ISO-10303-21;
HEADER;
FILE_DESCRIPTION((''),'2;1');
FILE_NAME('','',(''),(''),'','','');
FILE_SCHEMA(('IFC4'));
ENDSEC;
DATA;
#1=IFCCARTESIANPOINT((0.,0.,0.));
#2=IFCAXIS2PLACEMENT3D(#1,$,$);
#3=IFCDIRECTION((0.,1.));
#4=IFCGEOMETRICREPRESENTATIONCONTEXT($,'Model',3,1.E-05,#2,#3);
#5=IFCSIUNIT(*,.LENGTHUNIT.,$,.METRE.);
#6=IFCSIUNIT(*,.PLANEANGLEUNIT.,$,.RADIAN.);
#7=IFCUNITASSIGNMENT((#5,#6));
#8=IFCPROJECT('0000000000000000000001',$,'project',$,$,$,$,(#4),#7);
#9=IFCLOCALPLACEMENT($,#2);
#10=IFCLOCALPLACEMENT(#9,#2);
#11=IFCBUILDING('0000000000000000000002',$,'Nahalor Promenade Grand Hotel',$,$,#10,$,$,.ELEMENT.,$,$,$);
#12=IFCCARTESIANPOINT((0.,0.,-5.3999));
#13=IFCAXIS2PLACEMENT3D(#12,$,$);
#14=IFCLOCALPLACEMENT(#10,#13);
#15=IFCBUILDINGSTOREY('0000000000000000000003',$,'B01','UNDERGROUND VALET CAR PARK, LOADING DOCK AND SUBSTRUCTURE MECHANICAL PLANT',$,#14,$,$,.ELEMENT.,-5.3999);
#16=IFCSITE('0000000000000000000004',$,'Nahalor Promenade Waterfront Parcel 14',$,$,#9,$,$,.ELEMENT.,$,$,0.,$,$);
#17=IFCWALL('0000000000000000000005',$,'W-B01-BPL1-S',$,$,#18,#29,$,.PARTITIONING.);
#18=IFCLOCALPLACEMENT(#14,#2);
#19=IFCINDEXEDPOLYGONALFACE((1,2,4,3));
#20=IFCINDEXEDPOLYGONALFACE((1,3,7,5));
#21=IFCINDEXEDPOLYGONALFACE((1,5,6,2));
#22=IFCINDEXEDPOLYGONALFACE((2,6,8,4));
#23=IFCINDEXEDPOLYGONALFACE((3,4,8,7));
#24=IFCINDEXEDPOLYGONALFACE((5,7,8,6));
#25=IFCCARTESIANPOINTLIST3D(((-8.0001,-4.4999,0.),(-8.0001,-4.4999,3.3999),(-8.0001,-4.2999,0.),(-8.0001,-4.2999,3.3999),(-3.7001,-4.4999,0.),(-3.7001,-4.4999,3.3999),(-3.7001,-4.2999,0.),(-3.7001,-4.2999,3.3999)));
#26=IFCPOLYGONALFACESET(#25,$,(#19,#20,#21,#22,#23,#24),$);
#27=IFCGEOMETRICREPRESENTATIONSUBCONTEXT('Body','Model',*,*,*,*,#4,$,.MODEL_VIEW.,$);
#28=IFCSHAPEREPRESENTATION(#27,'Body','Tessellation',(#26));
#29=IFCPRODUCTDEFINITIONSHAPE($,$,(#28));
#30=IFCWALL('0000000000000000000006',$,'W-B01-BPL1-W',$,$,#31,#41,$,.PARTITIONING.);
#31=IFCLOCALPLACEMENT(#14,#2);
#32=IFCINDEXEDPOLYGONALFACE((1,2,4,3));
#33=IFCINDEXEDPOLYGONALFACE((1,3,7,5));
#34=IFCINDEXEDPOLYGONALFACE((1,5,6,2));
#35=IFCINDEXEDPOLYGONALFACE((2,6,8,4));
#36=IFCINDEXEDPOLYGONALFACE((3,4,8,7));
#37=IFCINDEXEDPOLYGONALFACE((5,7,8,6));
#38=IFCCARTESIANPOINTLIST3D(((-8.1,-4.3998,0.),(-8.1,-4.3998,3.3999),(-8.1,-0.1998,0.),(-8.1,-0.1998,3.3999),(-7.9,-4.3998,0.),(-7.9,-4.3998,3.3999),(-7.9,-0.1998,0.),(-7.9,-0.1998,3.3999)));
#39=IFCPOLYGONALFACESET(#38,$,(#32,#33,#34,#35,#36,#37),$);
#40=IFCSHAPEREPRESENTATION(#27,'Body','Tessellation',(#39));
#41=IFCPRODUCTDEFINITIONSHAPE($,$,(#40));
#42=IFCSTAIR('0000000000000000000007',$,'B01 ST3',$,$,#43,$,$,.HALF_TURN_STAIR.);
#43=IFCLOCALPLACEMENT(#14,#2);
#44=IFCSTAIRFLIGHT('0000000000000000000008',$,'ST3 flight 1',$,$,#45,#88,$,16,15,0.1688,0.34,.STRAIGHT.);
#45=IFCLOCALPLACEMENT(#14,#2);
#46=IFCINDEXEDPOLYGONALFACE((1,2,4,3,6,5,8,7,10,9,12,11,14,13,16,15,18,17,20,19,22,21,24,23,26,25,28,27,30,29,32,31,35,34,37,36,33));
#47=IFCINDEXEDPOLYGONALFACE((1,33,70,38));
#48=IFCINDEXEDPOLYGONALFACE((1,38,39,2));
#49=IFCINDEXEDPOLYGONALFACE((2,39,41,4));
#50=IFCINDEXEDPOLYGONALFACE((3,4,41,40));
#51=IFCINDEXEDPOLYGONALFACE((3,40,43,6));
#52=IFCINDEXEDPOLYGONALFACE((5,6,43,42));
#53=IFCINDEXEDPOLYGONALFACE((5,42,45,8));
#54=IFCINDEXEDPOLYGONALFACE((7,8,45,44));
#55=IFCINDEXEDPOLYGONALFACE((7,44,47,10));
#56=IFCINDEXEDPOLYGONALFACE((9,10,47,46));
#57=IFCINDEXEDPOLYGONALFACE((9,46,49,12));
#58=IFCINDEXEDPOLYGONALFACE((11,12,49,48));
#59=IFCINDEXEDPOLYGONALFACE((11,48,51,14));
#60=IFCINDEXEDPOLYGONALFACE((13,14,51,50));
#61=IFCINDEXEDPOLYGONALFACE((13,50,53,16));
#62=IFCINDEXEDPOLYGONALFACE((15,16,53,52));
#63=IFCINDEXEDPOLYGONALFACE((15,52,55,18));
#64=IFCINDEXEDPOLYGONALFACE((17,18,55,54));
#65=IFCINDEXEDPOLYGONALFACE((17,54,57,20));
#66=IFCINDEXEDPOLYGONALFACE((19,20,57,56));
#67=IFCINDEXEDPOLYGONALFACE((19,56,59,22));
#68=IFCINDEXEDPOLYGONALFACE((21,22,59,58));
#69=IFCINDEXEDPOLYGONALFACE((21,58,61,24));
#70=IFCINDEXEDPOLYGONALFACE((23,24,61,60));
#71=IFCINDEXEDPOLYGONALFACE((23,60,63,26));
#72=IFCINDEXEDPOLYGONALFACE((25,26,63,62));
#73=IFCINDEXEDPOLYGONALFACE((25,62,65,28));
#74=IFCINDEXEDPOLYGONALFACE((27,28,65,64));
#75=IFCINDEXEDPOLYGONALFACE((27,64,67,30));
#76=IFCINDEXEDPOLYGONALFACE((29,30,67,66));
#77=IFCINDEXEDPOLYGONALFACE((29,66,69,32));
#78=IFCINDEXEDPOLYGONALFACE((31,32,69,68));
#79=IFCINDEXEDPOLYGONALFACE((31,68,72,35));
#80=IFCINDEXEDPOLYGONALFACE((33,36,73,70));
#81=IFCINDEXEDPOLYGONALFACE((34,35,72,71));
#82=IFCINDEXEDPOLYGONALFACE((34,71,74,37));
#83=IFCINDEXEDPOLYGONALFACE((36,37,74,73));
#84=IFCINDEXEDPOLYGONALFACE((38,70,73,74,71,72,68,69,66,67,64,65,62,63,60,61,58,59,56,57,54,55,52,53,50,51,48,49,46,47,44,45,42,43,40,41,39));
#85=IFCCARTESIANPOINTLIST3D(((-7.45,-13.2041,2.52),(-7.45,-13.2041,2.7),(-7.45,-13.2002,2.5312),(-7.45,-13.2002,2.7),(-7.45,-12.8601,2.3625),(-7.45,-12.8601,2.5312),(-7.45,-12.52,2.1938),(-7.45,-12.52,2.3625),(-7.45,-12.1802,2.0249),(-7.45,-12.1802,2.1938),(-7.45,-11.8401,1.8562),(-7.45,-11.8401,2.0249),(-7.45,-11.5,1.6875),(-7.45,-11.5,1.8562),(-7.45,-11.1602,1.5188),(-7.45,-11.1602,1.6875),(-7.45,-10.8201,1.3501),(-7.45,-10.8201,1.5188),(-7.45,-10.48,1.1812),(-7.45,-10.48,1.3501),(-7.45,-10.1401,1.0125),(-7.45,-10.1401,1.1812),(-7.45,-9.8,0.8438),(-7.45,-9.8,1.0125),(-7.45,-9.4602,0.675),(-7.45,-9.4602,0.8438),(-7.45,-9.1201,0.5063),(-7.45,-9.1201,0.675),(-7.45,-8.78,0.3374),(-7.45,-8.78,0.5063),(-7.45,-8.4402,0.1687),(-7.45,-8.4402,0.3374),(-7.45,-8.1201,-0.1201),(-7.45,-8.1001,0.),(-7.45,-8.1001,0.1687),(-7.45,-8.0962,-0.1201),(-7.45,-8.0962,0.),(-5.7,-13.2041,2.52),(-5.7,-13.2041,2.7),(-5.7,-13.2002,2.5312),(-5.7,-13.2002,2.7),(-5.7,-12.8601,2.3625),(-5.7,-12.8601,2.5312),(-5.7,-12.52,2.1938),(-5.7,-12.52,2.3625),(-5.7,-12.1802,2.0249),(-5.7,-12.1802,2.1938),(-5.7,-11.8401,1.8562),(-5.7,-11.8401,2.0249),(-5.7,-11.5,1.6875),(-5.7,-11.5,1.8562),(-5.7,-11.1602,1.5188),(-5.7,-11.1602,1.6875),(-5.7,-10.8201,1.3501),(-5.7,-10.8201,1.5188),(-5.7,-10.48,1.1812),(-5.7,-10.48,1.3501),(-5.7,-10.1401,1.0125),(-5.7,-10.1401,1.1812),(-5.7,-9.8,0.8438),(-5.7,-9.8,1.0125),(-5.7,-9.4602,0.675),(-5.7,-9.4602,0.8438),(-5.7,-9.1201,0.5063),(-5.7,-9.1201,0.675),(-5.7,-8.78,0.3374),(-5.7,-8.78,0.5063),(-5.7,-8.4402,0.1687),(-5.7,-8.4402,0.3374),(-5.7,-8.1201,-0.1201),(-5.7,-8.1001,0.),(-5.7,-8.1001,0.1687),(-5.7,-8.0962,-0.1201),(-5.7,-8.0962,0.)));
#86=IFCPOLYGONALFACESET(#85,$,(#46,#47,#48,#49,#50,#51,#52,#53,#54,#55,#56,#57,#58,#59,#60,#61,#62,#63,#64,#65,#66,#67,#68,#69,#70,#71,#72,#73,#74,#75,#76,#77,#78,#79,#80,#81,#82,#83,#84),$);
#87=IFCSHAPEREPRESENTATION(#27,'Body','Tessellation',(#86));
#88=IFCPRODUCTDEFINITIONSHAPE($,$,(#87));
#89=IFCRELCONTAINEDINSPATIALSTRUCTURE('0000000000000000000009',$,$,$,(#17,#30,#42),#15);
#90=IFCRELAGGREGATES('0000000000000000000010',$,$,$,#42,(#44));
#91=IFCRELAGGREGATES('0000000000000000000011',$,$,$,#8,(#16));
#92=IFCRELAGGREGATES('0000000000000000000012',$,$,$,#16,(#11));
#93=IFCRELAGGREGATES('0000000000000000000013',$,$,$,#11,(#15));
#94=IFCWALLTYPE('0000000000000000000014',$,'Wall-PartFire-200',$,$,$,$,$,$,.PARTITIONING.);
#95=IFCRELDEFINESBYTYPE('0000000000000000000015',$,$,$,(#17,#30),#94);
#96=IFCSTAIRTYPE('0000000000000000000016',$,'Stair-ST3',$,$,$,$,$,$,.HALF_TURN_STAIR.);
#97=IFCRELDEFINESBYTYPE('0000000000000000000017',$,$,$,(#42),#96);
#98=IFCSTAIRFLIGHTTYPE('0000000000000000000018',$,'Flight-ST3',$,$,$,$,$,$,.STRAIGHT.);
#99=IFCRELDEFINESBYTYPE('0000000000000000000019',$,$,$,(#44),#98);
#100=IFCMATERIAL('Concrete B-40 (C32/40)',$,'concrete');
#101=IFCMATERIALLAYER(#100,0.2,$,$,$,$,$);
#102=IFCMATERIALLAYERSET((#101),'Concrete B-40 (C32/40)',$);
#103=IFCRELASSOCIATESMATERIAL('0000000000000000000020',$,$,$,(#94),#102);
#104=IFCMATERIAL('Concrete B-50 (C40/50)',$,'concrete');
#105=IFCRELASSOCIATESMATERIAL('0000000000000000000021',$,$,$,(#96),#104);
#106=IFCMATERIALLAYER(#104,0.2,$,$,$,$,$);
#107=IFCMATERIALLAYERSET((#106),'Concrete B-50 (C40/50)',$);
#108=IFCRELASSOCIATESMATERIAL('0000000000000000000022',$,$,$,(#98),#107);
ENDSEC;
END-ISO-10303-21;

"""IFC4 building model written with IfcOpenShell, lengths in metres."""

from ifc_helpers import new_model, si_unit, direction, frame, frame_2d, origin, place, context, subcontext, project, spatial, polyline, rectangle, outline, extrude, source, transform, mapped, material, layer, layer_set, type_object, element, aggregate, save


model = new_model("IFC4")

# Units and contexts
model_context = context("Model", 3, precision=1e-05, world=origin(), true_north=direction((0.0, 1.0)))
body_context = subcontext(model_context, "Body", "Model", "MODEL_VIEW")
ifc_project = project(units=[si_unit("LENGTHUNIT", "METRE"), si_unit("PLANEANGLEUNIT", "RADIAN")], contexts=[model_context])

# Site, building, storey
site_placement = place(None, origin())
site = spatial("IfcSite", under=ifc_project, at=site_placement, Name="Nahalor Promenade Waterfront Parcel 14", CompositionType="ELEMENT", RefElevation=0.0)
building_placement = place(site_placement, origin())
building = spatial("IfcBuilding", under=site, at=building_placement, Name="Nahalor Promenade Grand Hotel", CompositionType="ELEMENT")
storey_placement = place(building_placement, frame((0.0, 0.0, -5.3999)))
storey = spatial("IfcBuildingStorey", under=building, at=storey_placement, Name="B01", Description="UNDERGROUND VALET CAR PARK, LOADING DOCK AND SUBSTRUCTURE MECHANICAL PLANT", CompositionType="ELEMENT", Elevation=-5.3999)

# Shared definitions
ifc_material_1 = material(Name="Concrete B-50 (C40/50)", Category="concrete")

# Walls
ifc_material_2 = material(Name="Concrete B-40 (C32/40)", Category="concrete")
ifc_layer_1 = layer(ifc_material_2, 0.2)
ifc_layer_set_1 = layer_set([ifc_layer_1], Name="Concrete B-40 (C32/40)")
wall_type_1 = type_object("IfcWallType", Name="Wall-PartFire-200", PredefinedType="PARTITIONING", material=ifc_layer_set_1)
shared_shape_1 = source(origin(), body_context, "Body", "SweptSolid", [
    extrude(rectangle(XDim=4.3, YDim=0.2, at=frame_2d((2.1499, 0.0))), origin(), (0.0, 0.0, 1.0), 3.3999),
])
wall_1_placement = place(storey_placement, frame((-8.0, -4.3999, 0.0), z_axis=(0.0, 0.0, 1.0), x_axis=(1.0, 0.0, 0.0)))
element("IfcWall", 1, at=wall_1_placement, inside=storey, type_object=wall_type_1, Name="W-B01-BPL1-S", PredefinedType="PARTITIONING", context=body_context, shape_type="MappedRepresentation", body=[
    mapped(shared_shape_1, transform((0.0, 0.0, 0.0), scale=1.0)),
])
shared_shape_2 = source(origin(), body_context, "Body", "SweptSolid", [
    extrude(rectangle(XDim=4.2, YDim=0.2, at=frame_2d((2.1001, 0.0))), origin(), (0.0, 0.0, 1.0), 3.3999),
])
wall_2_placement = place(storey_placement, frame((-8.0, -4.3999, 0.0), z_axis=(0.0, 0.0, 1.0), x_axis=(0.0, 1.0, 0.0)))
element("IfcWall", 2, at=wall_2_placement, inside=storey, type_object=wall_type_1, Name="W-B01-BPL1-W", PredefinedType="PARTITIONING", context=body_context, shape_type="MappedRepresentation", body=[
    mapped(shared_shape_2, transform((0.0, 0.0, 0.0), scale=1.0)),
])

# Stair, stair flight
stair_type = type_object("IfcStairType", Name="Stair-ST3", PredefinedType="HALF_TURN_STAIR", material=ifc_material_1)
stair_placement = place(storey_placement, origin())
stair = element("IfcStair", 3, at=stair_placement, inside=storey, type_object=stair_type, Name="B01 ST3", PredefinedType="HALF_TURN_STAIR")
ifc_layer_2 = layer(ifc_material_1, 0.2)
ifc_layer_set_2 = layer_set([ifc_layer_2], Name="Concrete B-50 (C40/50)")
stair_flight_type = type_object("IfcStairFlightType", Name="Flight-ST3", PredefinedType="STRAIGHT", material=ifc_layer_set_2)
shared_shape_3 = source(origin(), body_context, "Body", "SweptSolid", [
    extrude(outline(polyline([(-0.0039, -0.1201), (-0.0039, 0.0), (0.0, 0.0), (0.0, 0.1687), (0.3401, 0.1687), (0.3401, 0.3374), (0.6799, 0.3374), (0.6799, 0.5063), (1.02, 0.5063), (1.02, 0.675), (1.3601, 0.675), (1.3601, 0.8438), (1.7, 0.8438), (1.7, 1.0125), (2.04, 1.0125), (2.04, 1.1812), (2.3799, 1.1812), (2.3799, 1.3501), (2.72, 1.3501), (2.72, 1.5188), (3.0601, 1.5188), (3.0601, 1.6875), (3.3999, 1.6875), (3.3999, 1.8562), (3.74, 1.8562), (3.74, 2.0249), (4.0801, 2.0249), (4.0801, 2.1938), (4.4199, 2.1938), (4.4199, 2.3625), (4.76, 2.3625), (4.76, 2.5312), (5.1001, 2.5312), (5.1001, 2.7), (5.104, 2.7), (5.104, 2.52), (0.02, -0.1201), (-0.0039, -0.1201)])), frame((0.0, 0.875, 0.0), z_axis=(0.0, -1.0, 0.0), x_axis=(1.0, 0.0, 0.0)), (0.0, 0.0, 1.0), 1.75),
])
stair_flight_placement = place(storey_placement, frame((-6.575, -8.1001, 0.0), z_axis=(0.0, 0.0, 1.0), x_axis=(0.0, -1.0, 0.0)))
stair_flight = element("IfcStairFlight", 4, at=stair_flight_placement, type_object=stair_flight_type, Name="ST3 flight 1", NumberOfRisers=16, NumberOfTreads=15, PredefinedType="STRAIGHT", RiserHeight=0.1688, TreadLength=0.34, context=body_context, shape_type="MappedRepresentation", body=[
    mapped(shared_shape_3, transform((0.0, 0.0, 0.0), scale=1.0)),
])
aggregate(stair, [stair_flight])

save(model, "model.ifc")
